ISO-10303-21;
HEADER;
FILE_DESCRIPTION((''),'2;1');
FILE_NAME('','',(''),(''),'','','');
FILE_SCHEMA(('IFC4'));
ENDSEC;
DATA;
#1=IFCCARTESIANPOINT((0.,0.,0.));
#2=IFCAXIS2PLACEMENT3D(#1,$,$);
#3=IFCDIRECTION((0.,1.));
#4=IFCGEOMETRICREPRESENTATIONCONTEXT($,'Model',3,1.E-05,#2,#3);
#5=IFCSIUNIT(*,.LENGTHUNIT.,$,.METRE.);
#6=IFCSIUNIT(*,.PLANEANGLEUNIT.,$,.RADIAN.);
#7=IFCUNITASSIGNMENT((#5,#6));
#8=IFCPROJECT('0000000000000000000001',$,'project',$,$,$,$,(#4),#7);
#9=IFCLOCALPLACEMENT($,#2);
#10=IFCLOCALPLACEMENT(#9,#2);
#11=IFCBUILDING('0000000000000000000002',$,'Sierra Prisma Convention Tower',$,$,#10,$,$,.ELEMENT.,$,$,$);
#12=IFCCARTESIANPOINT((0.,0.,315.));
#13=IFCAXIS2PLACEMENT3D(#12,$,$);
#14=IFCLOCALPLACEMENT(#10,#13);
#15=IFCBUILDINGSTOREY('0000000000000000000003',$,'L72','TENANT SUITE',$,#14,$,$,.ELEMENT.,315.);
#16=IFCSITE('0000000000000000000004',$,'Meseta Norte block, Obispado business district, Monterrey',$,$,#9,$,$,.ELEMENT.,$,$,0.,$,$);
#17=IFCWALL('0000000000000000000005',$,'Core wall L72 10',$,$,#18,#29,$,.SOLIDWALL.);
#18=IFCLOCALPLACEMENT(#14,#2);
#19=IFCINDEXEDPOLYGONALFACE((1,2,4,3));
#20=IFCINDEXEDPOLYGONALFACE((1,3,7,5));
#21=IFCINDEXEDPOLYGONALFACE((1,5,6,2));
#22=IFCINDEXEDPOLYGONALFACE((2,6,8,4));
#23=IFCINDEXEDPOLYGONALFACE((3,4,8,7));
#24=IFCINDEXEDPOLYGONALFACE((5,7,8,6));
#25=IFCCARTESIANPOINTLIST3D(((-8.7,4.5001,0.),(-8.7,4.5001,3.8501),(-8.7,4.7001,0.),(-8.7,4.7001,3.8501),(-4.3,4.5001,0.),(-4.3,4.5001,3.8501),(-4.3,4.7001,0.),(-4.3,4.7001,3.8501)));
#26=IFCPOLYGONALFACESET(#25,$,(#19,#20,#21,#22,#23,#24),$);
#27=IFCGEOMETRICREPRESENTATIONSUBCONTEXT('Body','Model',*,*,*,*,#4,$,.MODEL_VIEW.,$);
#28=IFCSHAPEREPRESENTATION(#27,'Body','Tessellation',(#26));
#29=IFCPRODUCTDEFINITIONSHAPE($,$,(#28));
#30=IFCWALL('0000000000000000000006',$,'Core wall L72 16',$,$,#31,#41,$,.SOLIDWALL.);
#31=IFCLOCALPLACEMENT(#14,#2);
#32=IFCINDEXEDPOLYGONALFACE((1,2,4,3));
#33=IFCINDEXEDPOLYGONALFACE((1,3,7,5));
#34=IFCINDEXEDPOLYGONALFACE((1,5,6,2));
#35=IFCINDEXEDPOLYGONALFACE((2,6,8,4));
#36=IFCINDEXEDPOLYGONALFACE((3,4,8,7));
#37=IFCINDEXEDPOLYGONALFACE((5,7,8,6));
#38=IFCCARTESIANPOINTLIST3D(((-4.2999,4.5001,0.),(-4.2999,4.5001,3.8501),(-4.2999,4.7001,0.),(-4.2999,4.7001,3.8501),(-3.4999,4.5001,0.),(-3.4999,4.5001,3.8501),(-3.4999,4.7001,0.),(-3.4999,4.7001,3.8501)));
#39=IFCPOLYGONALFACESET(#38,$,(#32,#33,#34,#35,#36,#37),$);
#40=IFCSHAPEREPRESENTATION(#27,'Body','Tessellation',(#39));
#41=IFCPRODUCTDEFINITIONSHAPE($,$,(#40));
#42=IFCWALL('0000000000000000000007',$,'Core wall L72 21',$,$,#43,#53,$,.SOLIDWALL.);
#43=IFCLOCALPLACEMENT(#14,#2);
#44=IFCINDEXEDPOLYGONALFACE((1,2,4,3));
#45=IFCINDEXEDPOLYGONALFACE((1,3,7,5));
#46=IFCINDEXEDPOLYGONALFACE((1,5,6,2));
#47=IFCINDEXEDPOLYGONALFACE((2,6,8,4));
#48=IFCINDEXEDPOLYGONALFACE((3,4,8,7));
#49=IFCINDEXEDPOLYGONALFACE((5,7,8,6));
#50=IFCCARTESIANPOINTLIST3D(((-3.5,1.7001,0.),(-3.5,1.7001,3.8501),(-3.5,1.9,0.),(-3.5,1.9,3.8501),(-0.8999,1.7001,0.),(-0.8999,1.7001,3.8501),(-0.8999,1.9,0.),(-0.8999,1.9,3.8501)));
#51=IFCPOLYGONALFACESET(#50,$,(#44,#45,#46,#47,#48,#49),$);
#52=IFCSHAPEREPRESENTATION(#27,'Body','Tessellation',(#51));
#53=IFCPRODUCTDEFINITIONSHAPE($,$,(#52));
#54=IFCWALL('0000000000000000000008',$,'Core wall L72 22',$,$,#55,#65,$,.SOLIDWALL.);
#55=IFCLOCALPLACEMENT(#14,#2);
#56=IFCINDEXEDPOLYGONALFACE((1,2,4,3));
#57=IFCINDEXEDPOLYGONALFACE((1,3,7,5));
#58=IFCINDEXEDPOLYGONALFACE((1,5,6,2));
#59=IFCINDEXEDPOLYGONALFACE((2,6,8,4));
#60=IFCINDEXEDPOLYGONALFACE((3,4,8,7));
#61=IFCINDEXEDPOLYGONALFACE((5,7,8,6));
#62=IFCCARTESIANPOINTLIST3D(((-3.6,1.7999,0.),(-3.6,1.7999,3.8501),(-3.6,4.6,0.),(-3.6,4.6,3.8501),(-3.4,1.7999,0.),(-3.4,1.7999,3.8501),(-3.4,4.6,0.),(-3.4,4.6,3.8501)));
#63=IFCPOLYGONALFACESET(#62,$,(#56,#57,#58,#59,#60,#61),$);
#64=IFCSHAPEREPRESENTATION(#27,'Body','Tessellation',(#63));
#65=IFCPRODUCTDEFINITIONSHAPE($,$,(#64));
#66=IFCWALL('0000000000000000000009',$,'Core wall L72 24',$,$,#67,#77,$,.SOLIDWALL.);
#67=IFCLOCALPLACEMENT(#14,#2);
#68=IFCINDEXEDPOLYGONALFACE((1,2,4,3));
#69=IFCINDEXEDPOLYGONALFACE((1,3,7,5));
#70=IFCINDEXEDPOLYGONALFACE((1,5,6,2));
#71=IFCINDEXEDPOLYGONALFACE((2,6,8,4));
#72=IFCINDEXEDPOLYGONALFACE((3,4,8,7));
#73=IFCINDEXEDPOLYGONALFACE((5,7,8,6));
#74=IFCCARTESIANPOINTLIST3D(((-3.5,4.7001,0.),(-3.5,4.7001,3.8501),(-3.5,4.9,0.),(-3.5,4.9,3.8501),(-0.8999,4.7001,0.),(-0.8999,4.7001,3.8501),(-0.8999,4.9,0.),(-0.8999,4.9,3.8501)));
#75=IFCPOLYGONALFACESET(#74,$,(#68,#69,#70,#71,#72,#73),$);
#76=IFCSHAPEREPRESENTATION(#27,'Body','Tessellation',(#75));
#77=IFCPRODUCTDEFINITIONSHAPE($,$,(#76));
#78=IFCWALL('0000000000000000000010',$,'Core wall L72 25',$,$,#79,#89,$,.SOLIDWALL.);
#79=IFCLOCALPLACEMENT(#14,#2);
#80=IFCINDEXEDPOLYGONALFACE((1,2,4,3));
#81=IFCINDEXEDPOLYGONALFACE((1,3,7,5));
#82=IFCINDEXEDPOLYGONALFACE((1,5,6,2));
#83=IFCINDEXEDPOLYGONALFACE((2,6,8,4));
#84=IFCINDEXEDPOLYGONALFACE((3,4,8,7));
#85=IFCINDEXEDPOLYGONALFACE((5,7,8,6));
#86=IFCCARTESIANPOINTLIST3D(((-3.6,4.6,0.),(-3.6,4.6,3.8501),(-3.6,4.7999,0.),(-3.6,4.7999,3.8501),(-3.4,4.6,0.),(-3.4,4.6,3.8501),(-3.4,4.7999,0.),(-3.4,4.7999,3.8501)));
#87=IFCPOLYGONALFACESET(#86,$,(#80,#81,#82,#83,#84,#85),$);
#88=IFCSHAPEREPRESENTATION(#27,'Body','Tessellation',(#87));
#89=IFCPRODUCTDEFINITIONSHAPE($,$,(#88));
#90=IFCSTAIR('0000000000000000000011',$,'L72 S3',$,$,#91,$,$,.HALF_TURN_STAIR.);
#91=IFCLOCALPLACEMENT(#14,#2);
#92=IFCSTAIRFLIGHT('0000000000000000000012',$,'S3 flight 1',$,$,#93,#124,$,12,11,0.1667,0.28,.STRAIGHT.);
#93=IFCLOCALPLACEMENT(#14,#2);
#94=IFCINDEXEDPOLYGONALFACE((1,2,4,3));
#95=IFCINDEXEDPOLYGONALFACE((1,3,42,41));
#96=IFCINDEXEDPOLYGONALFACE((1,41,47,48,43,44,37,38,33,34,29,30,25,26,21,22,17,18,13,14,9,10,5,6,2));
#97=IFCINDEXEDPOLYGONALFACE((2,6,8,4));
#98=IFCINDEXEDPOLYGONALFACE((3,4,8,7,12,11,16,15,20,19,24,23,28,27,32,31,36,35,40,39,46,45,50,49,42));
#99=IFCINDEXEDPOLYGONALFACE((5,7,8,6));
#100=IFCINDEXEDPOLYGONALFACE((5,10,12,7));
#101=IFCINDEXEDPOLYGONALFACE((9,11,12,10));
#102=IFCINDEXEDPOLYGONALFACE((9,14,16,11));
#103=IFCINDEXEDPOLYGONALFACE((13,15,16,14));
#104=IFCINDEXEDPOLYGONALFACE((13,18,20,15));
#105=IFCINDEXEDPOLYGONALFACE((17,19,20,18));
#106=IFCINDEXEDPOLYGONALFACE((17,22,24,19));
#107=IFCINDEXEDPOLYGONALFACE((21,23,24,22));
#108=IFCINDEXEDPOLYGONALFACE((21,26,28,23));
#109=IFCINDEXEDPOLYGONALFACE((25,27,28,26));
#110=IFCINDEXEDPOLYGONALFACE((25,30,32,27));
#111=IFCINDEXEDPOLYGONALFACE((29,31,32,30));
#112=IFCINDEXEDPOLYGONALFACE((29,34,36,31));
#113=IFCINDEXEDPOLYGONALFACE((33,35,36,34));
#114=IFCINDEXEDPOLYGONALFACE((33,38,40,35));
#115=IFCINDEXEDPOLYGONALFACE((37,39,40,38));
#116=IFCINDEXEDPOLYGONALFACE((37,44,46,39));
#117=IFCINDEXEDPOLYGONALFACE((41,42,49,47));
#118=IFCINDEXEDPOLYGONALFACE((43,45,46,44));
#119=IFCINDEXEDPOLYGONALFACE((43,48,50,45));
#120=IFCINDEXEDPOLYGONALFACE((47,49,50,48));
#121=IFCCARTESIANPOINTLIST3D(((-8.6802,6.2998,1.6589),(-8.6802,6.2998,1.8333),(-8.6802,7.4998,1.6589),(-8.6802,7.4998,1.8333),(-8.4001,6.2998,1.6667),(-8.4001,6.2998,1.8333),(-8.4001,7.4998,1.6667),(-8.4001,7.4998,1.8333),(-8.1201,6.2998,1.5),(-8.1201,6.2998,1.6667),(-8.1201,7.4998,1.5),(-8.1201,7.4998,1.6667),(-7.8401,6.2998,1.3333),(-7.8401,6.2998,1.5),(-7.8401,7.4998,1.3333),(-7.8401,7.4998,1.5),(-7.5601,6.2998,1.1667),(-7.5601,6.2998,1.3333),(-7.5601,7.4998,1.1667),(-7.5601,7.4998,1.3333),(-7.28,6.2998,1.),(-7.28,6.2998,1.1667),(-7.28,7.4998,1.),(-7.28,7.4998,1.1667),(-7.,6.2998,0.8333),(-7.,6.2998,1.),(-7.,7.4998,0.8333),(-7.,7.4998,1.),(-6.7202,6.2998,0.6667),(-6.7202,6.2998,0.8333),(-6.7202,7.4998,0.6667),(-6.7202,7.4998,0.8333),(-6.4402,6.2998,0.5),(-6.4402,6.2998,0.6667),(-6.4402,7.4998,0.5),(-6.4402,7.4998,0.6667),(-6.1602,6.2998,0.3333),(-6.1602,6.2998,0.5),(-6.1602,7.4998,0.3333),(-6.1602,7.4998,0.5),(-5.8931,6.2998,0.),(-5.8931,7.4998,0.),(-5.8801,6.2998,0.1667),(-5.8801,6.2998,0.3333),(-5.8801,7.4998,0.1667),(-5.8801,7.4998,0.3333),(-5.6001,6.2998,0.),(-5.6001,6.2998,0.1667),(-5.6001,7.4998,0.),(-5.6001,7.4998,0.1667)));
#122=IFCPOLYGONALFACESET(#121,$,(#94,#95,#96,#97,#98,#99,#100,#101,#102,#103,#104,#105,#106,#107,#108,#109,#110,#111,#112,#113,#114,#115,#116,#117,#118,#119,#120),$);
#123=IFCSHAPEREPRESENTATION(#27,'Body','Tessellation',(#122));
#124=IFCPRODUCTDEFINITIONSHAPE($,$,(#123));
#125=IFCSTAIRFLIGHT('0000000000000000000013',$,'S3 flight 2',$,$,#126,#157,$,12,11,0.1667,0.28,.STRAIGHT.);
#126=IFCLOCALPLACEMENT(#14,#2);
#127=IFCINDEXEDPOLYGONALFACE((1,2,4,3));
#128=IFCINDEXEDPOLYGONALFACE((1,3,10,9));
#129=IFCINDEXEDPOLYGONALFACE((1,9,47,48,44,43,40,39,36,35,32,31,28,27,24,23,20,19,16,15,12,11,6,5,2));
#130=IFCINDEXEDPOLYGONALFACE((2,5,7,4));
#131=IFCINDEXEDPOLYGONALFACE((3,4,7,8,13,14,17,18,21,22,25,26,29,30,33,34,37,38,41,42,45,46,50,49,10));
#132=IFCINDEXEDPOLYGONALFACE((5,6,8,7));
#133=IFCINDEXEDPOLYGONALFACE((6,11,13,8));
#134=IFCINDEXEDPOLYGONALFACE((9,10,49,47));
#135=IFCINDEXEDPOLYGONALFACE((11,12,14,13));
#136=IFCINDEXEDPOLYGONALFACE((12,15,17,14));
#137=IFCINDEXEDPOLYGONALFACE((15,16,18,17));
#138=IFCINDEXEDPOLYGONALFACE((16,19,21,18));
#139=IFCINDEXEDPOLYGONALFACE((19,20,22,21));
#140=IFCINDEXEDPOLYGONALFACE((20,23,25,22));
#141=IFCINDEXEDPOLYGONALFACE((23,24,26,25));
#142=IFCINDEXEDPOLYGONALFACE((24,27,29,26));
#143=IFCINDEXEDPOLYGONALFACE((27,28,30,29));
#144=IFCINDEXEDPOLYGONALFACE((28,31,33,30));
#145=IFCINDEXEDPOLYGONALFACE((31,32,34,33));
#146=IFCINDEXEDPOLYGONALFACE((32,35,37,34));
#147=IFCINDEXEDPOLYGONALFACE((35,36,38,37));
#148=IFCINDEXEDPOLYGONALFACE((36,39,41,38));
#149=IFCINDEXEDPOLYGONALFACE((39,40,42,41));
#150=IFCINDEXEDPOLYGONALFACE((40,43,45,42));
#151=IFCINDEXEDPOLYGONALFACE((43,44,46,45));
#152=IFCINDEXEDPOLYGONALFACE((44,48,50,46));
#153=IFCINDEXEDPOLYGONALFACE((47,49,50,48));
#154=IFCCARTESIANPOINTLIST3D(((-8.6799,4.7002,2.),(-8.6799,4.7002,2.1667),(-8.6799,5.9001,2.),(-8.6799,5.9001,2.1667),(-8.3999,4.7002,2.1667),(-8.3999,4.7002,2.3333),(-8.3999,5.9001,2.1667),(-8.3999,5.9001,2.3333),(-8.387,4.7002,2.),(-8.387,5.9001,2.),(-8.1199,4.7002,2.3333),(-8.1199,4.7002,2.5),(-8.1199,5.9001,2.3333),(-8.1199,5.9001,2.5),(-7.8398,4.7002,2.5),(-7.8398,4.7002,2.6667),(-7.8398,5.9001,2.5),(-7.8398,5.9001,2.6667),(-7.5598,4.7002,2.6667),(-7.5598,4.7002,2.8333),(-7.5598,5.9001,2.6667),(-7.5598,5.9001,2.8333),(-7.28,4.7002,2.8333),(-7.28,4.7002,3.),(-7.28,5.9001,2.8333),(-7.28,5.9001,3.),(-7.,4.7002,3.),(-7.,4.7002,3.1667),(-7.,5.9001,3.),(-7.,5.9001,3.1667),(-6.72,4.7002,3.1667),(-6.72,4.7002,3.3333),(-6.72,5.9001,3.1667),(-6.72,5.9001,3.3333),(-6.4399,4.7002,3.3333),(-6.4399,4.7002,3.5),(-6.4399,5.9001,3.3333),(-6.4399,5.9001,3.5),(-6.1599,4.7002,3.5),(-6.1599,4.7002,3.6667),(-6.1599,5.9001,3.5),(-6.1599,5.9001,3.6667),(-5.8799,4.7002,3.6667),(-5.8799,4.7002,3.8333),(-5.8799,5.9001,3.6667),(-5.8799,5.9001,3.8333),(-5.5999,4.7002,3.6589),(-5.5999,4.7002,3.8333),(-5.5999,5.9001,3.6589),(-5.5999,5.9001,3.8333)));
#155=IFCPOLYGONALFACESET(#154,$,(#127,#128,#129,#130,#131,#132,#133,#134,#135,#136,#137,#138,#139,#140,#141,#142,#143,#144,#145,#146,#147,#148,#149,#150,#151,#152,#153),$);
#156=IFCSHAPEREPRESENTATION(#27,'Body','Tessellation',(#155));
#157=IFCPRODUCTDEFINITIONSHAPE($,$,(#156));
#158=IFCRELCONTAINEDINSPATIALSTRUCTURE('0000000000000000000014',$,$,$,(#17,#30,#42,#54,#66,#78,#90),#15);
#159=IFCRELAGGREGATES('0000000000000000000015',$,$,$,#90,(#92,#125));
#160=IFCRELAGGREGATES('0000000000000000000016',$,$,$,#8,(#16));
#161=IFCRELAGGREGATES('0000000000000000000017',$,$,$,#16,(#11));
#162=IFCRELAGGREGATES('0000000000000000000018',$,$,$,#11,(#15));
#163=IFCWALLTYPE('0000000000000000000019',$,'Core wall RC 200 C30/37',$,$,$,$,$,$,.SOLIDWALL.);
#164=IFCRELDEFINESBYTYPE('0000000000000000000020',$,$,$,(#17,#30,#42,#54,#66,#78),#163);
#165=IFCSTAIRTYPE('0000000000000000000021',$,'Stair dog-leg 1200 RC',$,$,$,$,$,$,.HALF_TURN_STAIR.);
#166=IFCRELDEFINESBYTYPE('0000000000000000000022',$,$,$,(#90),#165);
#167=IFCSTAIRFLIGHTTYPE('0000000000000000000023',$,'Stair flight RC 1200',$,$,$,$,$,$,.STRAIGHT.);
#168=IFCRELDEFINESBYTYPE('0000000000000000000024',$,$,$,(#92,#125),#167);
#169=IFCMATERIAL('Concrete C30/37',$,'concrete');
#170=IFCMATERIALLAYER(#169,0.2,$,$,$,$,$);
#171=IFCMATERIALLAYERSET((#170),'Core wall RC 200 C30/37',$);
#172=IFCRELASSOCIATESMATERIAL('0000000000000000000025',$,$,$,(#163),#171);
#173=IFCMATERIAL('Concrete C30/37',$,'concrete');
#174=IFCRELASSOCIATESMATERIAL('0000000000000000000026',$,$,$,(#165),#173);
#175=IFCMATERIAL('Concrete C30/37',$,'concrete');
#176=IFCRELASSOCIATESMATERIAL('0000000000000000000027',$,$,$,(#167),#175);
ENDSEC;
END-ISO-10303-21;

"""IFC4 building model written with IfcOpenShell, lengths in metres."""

from ifc_helpers import new_model, si_unit, direction, frame, frame_2d, origin, place, context, subcontext, project, spatial, polyline, rectangle, outline, extrude, material, layer, layer_set, type_object, element, aggregate, save


model = new_model("IFC4")

# Units and contexts
model_context = context("Model", 3, precision=1e-05, world=origin(), true_north=direction((0.0, 1.0)))
body_context = subcontext(model_context, "Body", "Model", "MODEL_VIEW")
ifc_project = project(units=[si_unit("LENGTHUNIT", "METRE"), si_unit("PLANEANGLEUNIT", "RADIAN")], contexts=[model_context])

# Site, building, storey
site_placement = place(None, origin())
site = spatial("IfcSite", under=ifc_project, at=site_placement, Name="Meseta Norte block, Obispado business district, Monterrey", CompositionType="ELEMENT", RefElevation=0.0)
building_placement = place(site_placement, origin())
building = spatial("IfcBuilding", under=site, at=building_placement, Name="Sierra Prisma Convention Tower", CompositionType="ELEMENT")
storey_placement = place(building_placement, frame((0.0, 0.0, 315.0)))
storey = spatial("IfcBuildingStorey", under=building, at=storey_placement, Name="L72", Description="TENANT SUITE", CompositionType="ELEMENT", Elevation=315.0)

# Wall
ifc_material_1 = material(Name="Concrete C30/37", Category="concrete")
ifc_layer_1 = layer(ifc_material_1, 0.2)
ifc_layer_set_1 = layer_set([ifc_layer_1], Name="Core wall RC 200 C30/37")
wall_type = type_object("IfcWallType", Name="Core wall RC 200 C30/37", PredefinedType="SOLIDWALL", material=ifc_layer_set_1)
wall_1_placement = place(storey_placement, frame((-4.3, 4.6001, 0.0), z_axis=(0.0, 0.0, 1.0), x_axis=(-1.0, 0.0, 0.0)))
element("IfcWall", 1, at=wall_1_placement, inside=storey, type_object=wall_type, Name="Core wall L72 10", PredefinedType="SOLIDWALL", context=body_context, shape_type="SweptSolid", body=[
    extrude(rectangle(XDim=4.3999, YDim=0.2, at=frame_2d((2.2, 0.0))), origin(), (0.0, 0.0, 1.0), 3.8501),
])

# Wall
wall_2_placement = place(storey_placement, frame((-3.5, 4.6001, 0.0), z_axis=(0.0, 0.0, 1.0), x_axis=(-1.0, 0.0, 0.0)))
element("IfcWall", 2, at=wall_2_placement, inside=storey, type_object=wall_type, Name="Core wall L72 16", PredefinedType="SOLIDWALL", context=body_context, shape_type="SweptSolid", body=[
    extrude(rectangle(XDim=0.8, YDim=0.2, at=frame_2d((0.3999, 0.0))), origin(), (0.0, 0.0, 1.0), 3.8501),
])

# Walls
wall_3_placement = place(storey_placement, frame((-0.8999, 1.8, 0.0), z_axis=(0.0, 0.0, 1.0), x_axis=(-1.0, 0.0, 0.0)))
element("IfcWall", 3, at=wall_3_placement, inside=storey, type_object=wall_type, Name="Core wall L72 21", PredefinedType="SOLIDWALL", context=body_context, shape_type="SweptSolid", body=[
    extrude(rectangle(XDim=2.6001, YDim=0.2, at=frame_2d((1.3, 0.0))), origin(), (0.0, 0.0, 1.0), 3.8501),
])
wall_4_placement = place(storey_placement, frame((-3.5, 1.8, 0.0), z_axis=(0.0, 0.0, 1.0), x_axis=(0.0, 1.0, 0.0)))
element("IfcWall", 4, at=wall_4_placement, inside=storey, type_object=wall_type, Name="Core wall L72 22", PredefinedType="SOLIDWALL", context=body_context, shape_type="SweptSolid", body=[
    extrude(rectangle(XDim=2.8, YDim=0.2, at=frame_2d((1.3999, 0.0))), origin(), (0.0, 0.0, 1.0), 3.8501),
])

# Walls
wall_5_placement = place(storey_placement, frame((-0.8999, 4.8, 0.0), z_axis=(0.0, 0.0, 1.0), x_axis=(-1.0, 0.0, 0.0)))
element("IfcWall", 5, at=wall_5_placement, inside=storey, type_object=wall_type, Name="Core wall L72 24", PredefinedType="SOLIDWALL", context=body_context, shape_type="SweptSolid", body=[
    extrude(rectangle(XDim=2.6001, YDim=0.2, at=frame_2d((1.3, 0.0))), origin(), (0.0, 0.0, 1.0), 3.8501),
])
wall_6_placement = place(storey_placement, frame((-3.5, 4.8, 0.0), z_axis=(0.0, 0.0, 1.0), x_axis=(0.0, -1.0, 0.0)))
element("IfcWall", 6, at=wall_6_placement, inside=storey, type_object=wall_type, Name="Core wall L72 25", PredefinedType="SOLIDWALL", context=body_context, shape_type="SweptSolid", body=[
    extrude(rectangle(XDim=0.2, YDim=0.2, at=frame_2d((0.1001, 0.0))), origin(), (0.0, 0.0, 1.0), 3.8501),
])

# Stair, stair flights
ifc_material_2 = material(Name="Concrete C30/37", Category="concrete")
stair_type = type_object("IfcStairType", Name="Stair dog-leg 1200 RC", PredefinedType="HALF_TURN_STAIR", material=ifc_material_2)
stair_placement = place(storey_placement, origin())
stair = element("IfcStair", 7, at=stair_placement, inside=storey, type_object=stair_type, Name="L72 S3", PredefinedType="HALF_TURN_STAIR")
ifc_material_3 = material(Name="Concrete C30/37", Category="concrete")
stair_flight_type = type_object("IfcStairFlightType", Name="Stair flight RC 1200", PredefinedType="STRAIGHT", material=ifc_material_3)
stair_flight_1_placement = place(storey_placement, frame((-5.6001, 6.8999, 0.0), z_axis=(0.0, 0.0, 1.0), x_axis=(-1.0, 0.0, 0.0)))
stair_flight_1 = element("IfcStairFlight", 8, at=stair_flight_1_placement, type_object=stair_flight_type, Name="S3 flight 1", NumberOfRisers=12, NumberOfTreads=11, PredefinedType="STRAIGHT", RiserHeight=0.1667, TreadLength=0.28, context=body_context, shape_type="SweptSolid", body=[
    extrude(outline(polyline([(0.0, 0.0), (0.0, 0.1667), (0.28, 0.1667), (0.28, 0.3333), (0.5601, 0.3333), (0.5601, 0.5), (0.8401, 0.5), (0.8401, 0.6667), (1.1201, 0.6667), (1.1201, 0.8333), (1.3999, 0.8333), (1.3999, 1.0), (1.6799, 1.0), (1.6799, 1.1667), (1.96, 1.1667), (1.96, 1.3333), (2.24, 1.3333), (2.24, 1.5), (2.52, 1.5), (2.52, 1.6667), (2.8, 1.6667), (2.8, 1.8333), (3.0801, 1.8333), (3.0801, 2.0), (3.0801, 1.6589), (0.293, 0.0), (0.0, 0.0)])), frame((0.0, 0.6001, 0.0), z_axis=(0.0, -1.0, 0.0), x_axis=(1.0, 0.0, 0.0)), (0.0, 0.0, 1.0), 1.2),
])
stair_flight_2_placement = place(storey_placement, frame((-8.6799, 5.3, 2.0), z_axis=(0.0, 0.0, 1.0), x_axis=(1.0, 0.0, 0.0)))
stair_flight_2 = element("IfcStairFlight", 9, at=stair_flight_2_placement, type_object=stair_flight_type, Name="S3 flight 2", NumberOfRisers=12, NumberOfTreads=11, PredefinedType="STRAIGHT", RiserHeight=0.1667, TreadLength=0.28, context=body_context, shape_type="SweptSolid", body=[
    extrude(outline(polyline([(0.0, 0.0), (0.0, 0.1667), (0.28, 0.1667), (0.28, 0.3333), (0.5601, 0.3333), (0.5601, 0.5), (0.8401, 0.5), (0.8401, 0.6667), (1.1201, 0.6667), (1.1201, 0.8333), (1.3999, 0.8333), (1.3999, 1.0), (1.6799, 1.0), (1.6799, 1.1667), (1.96, 1.1667), (1.96, 1.3333), (2.24, 1.3333), (2.24, 1.5), (2.52, 1.5), (2.52, 1.6667), (2.8, 1.6667), (2.8, 1.8333), (3.0801, 1.8333), (3.0801, 2.0), (3.0801, 1.6589), (0.293, 0.0), (0.0, 0.0)])), frame((0.0, 0.6001, 0.0), z_axis=(0.0, -1.0, 0.0), x_axis=(1.0, 0.0, 0.0)), (0.0, 0.0, 1.0), 1.2),
])
aggregate(stair, [stair_flight_1, stair_flight_2])

save(model, "model.ifc")
